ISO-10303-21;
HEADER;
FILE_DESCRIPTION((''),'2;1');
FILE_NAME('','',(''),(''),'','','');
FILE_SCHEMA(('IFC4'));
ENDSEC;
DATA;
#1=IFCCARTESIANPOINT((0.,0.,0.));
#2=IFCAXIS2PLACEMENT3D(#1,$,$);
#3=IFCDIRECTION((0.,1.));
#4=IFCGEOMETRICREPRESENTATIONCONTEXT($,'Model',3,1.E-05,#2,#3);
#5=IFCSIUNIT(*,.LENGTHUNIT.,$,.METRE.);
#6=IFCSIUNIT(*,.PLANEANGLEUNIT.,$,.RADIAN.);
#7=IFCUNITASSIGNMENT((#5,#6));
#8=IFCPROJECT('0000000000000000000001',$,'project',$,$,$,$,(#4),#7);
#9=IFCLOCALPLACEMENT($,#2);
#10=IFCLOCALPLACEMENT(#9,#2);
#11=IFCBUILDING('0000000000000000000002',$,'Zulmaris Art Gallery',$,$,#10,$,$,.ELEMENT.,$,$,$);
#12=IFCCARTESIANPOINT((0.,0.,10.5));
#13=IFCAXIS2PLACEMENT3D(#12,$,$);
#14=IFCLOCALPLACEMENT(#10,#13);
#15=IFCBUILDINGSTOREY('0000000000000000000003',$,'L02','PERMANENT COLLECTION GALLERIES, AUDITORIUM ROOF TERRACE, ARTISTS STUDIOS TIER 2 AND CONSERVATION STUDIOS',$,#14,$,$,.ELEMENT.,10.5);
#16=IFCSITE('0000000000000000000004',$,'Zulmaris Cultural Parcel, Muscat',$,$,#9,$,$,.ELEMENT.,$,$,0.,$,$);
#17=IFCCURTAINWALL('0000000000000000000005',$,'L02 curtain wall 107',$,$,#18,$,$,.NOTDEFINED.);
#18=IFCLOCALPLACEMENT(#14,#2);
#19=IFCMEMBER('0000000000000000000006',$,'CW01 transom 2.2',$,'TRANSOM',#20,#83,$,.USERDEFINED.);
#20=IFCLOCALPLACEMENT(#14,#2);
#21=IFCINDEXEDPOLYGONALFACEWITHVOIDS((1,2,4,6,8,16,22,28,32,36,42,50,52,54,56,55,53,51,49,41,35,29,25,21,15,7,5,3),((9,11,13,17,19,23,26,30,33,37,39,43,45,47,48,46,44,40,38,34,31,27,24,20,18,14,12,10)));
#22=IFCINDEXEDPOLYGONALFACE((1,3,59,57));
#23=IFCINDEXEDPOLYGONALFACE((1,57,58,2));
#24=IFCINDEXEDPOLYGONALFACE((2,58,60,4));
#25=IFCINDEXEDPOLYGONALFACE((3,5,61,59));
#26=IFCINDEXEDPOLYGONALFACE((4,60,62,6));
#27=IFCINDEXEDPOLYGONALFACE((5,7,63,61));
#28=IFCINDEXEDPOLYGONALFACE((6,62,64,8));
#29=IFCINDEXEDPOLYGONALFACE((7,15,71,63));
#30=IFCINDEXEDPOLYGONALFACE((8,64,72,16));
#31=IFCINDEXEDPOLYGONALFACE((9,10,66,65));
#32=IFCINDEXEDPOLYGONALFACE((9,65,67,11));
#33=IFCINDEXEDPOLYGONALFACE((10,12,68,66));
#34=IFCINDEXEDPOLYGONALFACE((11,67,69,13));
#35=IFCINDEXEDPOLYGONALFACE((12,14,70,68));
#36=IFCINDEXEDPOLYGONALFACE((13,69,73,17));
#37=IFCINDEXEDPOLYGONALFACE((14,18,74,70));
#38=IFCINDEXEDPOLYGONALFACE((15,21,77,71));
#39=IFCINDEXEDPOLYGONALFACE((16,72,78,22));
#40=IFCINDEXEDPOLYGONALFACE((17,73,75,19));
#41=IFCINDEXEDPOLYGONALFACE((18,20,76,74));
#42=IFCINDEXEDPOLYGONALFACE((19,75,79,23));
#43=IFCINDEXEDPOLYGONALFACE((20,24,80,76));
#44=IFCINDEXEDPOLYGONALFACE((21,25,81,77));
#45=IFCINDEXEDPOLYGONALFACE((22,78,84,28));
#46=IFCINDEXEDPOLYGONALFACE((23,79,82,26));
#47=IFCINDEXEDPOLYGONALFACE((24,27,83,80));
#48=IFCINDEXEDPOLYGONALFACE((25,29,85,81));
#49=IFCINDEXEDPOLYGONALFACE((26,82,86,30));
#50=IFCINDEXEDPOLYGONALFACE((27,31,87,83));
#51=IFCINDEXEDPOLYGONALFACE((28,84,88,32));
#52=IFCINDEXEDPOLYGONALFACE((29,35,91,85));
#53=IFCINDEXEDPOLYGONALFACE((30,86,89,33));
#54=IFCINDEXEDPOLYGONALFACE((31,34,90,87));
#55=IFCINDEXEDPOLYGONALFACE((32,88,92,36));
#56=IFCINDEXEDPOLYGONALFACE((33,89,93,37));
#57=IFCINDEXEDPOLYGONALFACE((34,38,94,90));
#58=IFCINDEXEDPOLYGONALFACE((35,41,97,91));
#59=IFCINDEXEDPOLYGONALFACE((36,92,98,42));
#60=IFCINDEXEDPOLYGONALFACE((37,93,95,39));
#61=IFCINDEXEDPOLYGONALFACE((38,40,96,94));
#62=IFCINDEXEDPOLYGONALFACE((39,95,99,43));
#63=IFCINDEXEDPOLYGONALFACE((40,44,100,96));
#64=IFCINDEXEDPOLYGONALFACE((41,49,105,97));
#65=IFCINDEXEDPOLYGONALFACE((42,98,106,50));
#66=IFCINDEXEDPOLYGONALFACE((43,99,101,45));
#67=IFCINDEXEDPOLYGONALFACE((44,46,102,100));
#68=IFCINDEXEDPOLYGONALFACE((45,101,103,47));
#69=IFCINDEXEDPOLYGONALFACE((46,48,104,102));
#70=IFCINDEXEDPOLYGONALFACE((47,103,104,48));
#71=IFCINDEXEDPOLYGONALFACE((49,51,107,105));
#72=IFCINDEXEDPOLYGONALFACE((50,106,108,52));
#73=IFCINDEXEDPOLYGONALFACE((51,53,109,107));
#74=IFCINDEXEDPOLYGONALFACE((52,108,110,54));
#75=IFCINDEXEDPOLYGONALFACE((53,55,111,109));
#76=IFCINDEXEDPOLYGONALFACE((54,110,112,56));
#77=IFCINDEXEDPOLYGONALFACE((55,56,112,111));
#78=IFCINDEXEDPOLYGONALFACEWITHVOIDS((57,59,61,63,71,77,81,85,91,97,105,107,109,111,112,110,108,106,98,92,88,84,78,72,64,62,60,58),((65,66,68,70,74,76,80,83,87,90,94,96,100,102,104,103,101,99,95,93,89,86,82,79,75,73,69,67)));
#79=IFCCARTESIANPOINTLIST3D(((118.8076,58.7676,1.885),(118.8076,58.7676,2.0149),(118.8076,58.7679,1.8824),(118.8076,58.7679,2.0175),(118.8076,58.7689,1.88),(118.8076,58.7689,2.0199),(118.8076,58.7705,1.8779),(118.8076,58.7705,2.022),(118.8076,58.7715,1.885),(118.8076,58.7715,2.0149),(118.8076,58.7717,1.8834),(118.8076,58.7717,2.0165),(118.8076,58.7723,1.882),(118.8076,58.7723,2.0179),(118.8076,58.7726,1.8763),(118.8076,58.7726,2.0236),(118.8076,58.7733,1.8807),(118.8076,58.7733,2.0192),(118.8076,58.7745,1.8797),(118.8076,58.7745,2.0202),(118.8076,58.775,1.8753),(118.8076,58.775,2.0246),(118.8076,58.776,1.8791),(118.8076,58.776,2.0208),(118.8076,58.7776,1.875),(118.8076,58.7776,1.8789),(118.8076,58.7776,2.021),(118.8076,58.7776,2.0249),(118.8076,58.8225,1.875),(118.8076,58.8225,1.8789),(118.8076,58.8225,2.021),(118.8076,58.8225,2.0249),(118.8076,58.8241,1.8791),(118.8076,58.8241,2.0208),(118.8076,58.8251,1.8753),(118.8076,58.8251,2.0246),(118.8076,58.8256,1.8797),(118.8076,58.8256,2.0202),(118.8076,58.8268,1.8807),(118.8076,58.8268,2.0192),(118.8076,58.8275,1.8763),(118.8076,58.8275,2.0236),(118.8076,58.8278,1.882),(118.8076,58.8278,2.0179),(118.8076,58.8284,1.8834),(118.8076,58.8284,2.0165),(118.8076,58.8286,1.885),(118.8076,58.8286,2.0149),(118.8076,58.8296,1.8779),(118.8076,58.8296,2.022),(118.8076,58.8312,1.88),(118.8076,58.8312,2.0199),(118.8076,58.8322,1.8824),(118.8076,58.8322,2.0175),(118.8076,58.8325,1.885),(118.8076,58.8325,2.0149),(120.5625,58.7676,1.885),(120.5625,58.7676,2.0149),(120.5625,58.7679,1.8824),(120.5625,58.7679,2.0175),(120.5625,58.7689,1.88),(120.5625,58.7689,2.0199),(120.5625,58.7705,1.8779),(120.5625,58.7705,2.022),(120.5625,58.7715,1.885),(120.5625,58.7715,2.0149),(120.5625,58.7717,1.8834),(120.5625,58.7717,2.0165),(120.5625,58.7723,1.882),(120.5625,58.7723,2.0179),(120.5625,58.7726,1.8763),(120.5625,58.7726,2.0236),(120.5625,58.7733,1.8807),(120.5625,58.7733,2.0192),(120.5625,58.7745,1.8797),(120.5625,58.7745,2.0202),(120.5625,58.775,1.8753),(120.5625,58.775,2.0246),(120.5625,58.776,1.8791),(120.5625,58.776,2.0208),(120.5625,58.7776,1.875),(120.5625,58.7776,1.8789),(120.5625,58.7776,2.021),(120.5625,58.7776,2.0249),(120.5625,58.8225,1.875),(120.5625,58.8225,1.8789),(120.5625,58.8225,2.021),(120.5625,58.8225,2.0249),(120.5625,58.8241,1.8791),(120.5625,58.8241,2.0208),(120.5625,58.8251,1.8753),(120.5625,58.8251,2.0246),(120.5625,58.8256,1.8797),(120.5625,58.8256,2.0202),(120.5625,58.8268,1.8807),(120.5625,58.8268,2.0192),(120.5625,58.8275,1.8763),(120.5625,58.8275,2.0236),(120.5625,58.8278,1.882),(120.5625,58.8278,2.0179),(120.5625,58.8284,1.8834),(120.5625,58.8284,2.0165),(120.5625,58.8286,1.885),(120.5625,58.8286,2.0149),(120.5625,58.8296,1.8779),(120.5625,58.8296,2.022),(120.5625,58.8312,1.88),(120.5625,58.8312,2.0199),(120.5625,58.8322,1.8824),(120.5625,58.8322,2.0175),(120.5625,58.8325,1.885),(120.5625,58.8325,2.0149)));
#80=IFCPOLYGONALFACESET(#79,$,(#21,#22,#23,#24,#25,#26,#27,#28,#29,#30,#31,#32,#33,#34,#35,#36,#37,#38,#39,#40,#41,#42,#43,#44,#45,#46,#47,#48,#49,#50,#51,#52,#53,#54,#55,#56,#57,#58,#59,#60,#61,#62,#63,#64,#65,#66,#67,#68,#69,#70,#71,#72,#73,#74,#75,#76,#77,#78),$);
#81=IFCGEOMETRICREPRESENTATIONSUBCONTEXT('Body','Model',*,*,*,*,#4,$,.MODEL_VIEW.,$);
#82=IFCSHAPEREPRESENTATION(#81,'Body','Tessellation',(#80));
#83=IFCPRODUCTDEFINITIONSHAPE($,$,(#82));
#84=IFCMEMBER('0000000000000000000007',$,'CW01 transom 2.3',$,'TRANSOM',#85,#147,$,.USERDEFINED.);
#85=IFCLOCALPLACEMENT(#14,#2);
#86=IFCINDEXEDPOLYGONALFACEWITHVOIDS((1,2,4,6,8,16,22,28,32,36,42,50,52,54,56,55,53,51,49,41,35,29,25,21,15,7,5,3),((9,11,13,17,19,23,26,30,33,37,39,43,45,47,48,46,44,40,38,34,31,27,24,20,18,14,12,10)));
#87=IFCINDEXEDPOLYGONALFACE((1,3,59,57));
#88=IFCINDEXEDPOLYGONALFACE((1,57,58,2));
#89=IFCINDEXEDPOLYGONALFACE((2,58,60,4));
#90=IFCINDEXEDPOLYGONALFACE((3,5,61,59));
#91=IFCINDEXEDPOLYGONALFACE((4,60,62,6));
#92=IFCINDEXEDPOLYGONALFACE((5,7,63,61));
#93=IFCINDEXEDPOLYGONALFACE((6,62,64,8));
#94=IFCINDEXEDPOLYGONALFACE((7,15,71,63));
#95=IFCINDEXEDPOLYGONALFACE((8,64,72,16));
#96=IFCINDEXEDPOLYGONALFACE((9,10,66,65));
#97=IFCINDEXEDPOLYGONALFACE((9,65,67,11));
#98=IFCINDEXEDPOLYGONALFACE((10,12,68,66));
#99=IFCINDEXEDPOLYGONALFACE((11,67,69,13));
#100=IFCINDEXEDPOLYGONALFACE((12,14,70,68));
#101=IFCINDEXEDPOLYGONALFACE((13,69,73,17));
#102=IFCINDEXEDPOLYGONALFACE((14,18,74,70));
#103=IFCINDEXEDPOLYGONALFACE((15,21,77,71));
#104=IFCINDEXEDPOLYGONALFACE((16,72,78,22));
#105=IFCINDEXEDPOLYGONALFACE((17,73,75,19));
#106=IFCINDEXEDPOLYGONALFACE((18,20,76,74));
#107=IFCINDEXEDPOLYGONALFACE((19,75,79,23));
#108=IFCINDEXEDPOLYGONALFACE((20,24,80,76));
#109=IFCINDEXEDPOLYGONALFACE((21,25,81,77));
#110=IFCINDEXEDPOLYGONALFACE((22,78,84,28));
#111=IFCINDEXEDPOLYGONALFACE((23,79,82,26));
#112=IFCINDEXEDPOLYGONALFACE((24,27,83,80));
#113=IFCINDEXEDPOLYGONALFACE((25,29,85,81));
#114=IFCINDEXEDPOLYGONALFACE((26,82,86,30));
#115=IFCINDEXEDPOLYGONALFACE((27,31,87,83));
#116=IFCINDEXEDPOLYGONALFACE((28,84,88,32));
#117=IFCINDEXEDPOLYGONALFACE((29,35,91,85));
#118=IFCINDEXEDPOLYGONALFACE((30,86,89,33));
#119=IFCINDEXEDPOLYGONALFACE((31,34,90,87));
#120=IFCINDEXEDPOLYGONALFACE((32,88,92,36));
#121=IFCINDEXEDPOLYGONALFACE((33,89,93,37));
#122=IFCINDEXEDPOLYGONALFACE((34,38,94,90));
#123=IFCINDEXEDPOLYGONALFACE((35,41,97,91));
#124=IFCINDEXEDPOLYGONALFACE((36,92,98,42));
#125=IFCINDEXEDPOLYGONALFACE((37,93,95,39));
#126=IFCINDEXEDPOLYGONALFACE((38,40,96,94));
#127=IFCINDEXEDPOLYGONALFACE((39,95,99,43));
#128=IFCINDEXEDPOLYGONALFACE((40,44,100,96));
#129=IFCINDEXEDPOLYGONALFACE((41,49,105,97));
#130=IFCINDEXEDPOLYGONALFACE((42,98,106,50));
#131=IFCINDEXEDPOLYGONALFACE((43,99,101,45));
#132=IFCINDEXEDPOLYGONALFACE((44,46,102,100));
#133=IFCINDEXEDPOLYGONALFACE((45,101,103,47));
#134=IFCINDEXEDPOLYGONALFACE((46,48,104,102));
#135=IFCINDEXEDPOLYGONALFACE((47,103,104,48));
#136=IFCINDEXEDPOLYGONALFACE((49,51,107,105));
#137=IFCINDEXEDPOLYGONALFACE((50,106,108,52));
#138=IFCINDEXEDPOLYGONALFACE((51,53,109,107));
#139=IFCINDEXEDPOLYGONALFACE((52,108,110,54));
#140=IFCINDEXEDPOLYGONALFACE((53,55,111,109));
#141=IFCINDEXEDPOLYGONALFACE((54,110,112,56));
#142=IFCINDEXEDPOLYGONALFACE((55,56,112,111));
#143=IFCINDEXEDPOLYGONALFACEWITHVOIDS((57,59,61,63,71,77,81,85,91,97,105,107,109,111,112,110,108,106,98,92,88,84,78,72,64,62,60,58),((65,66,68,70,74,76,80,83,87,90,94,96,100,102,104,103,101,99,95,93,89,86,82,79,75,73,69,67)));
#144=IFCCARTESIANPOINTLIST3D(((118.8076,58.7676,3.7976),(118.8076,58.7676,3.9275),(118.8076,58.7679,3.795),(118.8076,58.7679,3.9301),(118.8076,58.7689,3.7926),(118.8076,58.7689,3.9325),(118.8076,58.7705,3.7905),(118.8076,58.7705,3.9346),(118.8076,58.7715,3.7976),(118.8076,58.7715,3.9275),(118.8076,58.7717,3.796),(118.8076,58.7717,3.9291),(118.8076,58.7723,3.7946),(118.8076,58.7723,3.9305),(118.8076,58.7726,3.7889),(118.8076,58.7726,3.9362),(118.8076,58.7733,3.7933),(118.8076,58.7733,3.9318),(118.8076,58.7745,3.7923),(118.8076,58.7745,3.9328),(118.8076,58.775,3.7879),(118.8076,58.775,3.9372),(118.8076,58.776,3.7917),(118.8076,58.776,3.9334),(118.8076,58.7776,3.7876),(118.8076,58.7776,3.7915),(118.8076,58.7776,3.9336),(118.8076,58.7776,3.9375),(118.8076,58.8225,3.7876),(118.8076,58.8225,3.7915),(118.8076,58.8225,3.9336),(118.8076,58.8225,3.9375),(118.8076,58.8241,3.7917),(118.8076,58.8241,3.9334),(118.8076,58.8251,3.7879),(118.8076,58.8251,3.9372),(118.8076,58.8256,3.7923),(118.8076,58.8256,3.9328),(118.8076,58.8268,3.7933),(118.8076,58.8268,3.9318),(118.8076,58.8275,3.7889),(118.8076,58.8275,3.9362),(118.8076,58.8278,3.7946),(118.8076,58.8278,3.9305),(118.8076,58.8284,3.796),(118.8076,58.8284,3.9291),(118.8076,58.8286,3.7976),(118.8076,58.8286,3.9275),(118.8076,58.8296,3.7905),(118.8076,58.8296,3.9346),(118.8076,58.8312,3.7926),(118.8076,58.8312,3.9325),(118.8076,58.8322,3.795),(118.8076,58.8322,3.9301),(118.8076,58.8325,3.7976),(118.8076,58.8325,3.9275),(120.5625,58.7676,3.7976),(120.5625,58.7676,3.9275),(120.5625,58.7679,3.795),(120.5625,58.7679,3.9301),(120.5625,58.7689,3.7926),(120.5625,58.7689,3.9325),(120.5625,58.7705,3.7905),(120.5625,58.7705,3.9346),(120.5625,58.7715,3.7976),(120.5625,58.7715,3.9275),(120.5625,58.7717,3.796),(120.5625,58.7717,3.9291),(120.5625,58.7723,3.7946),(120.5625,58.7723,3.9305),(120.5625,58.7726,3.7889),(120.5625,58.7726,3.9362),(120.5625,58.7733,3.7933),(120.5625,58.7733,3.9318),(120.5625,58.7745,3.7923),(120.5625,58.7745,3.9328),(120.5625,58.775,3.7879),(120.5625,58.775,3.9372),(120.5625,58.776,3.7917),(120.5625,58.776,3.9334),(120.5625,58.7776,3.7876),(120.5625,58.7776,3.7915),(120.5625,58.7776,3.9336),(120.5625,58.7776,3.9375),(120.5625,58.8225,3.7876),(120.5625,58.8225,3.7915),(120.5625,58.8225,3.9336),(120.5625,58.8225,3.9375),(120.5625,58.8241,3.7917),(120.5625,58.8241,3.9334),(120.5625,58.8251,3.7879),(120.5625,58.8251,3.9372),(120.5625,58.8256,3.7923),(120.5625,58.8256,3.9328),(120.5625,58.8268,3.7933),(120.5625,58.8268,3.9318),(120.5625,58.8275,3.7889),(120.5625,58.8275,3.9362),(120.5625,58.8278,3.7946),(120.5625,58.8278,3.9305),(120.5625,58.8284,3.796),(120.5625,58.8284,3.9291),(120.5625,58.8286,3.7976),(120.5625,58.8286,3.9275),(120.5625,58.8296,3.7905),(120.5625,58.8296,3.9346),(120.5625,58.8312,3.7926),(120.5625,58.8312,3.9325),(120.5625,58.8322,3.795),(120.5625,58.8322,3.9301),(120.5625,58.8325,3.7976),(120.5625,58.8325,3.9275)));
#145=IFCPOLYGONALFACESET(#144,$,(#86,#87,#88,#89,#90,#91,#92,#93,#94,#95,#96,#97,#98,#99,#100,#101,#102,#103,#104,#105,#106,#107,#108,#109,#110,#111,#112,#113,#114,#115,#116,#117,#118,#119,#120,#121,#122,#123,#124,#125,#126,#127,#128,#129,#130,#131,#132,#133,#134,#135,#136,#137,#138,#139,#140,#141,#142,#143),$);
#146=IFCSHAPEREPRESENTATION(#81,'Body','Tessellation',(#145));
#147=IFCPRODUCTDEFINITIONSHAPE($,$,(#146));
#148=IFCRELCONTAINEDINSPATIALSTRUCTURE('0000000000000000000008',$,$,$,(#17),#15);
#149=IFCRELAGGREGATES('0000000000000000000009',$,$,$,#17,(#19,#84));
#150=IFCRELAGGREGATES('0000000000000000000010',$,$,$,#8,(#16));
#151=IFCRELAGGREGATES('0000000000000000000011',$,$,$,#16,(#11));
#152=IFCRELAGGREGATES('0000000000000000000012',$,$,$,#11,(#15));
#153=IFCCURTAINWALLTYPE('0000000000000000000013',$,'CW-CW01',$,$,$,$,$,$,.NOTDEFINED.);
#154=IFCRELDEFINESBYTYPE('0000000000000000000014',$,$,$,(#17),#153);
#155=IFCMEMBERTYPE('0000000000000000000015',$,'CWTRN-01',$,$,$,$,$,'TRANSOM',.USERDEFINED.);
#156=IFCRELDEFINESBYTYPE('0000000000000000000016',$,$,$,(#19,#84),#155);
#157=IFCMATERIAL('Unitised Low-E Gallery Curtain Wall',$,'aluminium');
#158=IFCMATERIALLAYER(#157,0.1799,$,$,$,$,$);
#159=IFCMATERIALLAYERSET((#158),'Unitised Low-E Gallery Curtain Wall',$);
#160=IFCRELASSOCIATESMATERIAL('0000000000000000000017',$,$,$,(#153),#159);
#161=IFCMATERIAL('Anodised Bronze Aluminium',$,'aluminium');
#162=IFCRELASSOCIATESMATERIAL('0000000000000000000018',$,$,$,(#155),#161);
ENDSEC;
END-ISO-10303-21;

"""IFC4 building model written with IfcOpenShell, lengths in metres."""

from ifc_helpers import new_model, si_unit, direction, frame, origin, origin_2d, place, context, subcontext, project, spatial, hollow_rectangle, extrude, material, layer, layer_set, material_profile, profile_set, type_object, element, aggregate, save


model = new_model("IFC4")

# Units and contexts
model_context = context("Model", 3, precision=1e-05, world=origin(), true_north=direction((0.0, 1.0)))
body_context = subcontext(model_context, "Body", "Model", "MODEL_VIEW")
ifc_project = project(units=[si_unit("LENGTHUNIT", "METRE"), si_unit("PLANEANGLEUNIT", "RADIAN")], contexts=[model_context])

# Site, building, storey
site_placement = place(None, origin())
site = spatial("IfcSite", under=ifc_project, at=site_placement, Name="Zulmaris Cultural Parcel, Muscat", CompositionType="ELEMENT", RefElevation=0.0)
building_placement = place(site_placement, origin())
building = spatial("IfcBuilding", under=site, at=building_placement, Name="Zulmaris Art Gallery", CompositionType="ELEMENT")
storey_placement = place(building_placement, frame((0.0, 0.0, 10.5)))
storey = spatial("IfcBuildingStorey", under=building, at=storey_placement, Name="L02", Description="PERMANENT COLLECTION GALLERIES, AUDITORIUM ROOF TERRACE, ARTISTS STUDIOS TIER 2 AND CONSERVATION STUDIOS", CompositionType="ELEMENT", Elevation=10.5)

# Curtain wall
ifc_material_1 = material(Name="Unitised Low-E Gallery Curtain Wall", Category="aluminium")
ifc_layer_1 = layer(ifc_material_1, 0.1799)
ifc_layer_set_1 = layer_set([ifc_layer_1], Name="Unitised Low-E Gallery Curtain Wall")
curtain_wall_type = type_object("IfcCurtainWallType", Name="CW-CW01", PredefinedType="NOTDEFINED", material=ifc_layer_set_1)
curtain_wall_1_placement = place(storey_placement, origin())
curtain_wall_1 = element("IfcCurtainWall", 1, at=curtain_wall_1_placement, inside=storey, type_object=curtain_wall_type, Name="L02 curtain wall 107", PredefinedType="NOTDEFINED")
ifc_material_2 = material(Name="Anodised Bronze Aluminium", Category="aluminium")

# Members
ifc_material_profile_1 = material_profile(ifc_material_2, hollow_rectangle(XDim=0.0649, YDim=0.1499, WallThickness=0.0039, InnerFilletRadius=0.0061, OuterFilletRadius=0.01, at=origin_2d()), Name="ALU 65x150x4")
ifc_profile_set_1 = profile_set([ifc_material_profile_1], Name="Anodised Bronze Aluminium")
member_type_1 = type_object("IfcMemberType", Name="CWTRN-01", ElementType="TRANSOM", PredefinedType="USERDEFINED", material=ifc_profile_set_1)
member_1_placement = place(storey_placement, frame((118.8076, 58.8, 1.95), z_axis=(1.0, 0.0, 0.0), x_axis=(0.0, 1.0, 0.0)))
member_1 = element("IfcMember", 2, at=member_1_placement, type_object=member_type_1, Name="CW01 transom 2.2", ObjectType="TRANSOM", PredefinedType="USERDEFINED", context=body_context, shape_type="SweptSolid", body=[
    extrude(hollow_rectangle(XDim=0.0649, YDim=0.1499, WallThickness=0.0039, InnerFilletRadius=0.0061, OuterFilletRadius=0.01, at=origin_2d()), origin(), (0.0, 0.0, 1.0), 1.7549),
])
member_2_placement = place(storey_placement, frame((118.8076, 58.8, 3.8625), z_axis=(1.0, 0.0, 0.0), x_axis=(0.0, 1.0, 0.0)))
member_2 = element("IfcMember", 3, at=member_2_placement, type_object=member_type_1, Name="CW01 transom 2.3", ObjectType="TRANSOM", PredefinedType="USERDEFINED", context=body_context, shape_type="SweptSolid", body=[
    extrude(hollow_rectangle(XDim=0.0649, YDim=0.1499, WallThickness=0.0039, InnerFilletRadius=0.0061, OuterFilletRadius=0.01, at=origin_2d()), origin(), (0.0, 0.0, 1.0), 1.7549),
])

aggregate(curtain_wall_1, [member_1, member_2])

save(model, "model.ifc")
